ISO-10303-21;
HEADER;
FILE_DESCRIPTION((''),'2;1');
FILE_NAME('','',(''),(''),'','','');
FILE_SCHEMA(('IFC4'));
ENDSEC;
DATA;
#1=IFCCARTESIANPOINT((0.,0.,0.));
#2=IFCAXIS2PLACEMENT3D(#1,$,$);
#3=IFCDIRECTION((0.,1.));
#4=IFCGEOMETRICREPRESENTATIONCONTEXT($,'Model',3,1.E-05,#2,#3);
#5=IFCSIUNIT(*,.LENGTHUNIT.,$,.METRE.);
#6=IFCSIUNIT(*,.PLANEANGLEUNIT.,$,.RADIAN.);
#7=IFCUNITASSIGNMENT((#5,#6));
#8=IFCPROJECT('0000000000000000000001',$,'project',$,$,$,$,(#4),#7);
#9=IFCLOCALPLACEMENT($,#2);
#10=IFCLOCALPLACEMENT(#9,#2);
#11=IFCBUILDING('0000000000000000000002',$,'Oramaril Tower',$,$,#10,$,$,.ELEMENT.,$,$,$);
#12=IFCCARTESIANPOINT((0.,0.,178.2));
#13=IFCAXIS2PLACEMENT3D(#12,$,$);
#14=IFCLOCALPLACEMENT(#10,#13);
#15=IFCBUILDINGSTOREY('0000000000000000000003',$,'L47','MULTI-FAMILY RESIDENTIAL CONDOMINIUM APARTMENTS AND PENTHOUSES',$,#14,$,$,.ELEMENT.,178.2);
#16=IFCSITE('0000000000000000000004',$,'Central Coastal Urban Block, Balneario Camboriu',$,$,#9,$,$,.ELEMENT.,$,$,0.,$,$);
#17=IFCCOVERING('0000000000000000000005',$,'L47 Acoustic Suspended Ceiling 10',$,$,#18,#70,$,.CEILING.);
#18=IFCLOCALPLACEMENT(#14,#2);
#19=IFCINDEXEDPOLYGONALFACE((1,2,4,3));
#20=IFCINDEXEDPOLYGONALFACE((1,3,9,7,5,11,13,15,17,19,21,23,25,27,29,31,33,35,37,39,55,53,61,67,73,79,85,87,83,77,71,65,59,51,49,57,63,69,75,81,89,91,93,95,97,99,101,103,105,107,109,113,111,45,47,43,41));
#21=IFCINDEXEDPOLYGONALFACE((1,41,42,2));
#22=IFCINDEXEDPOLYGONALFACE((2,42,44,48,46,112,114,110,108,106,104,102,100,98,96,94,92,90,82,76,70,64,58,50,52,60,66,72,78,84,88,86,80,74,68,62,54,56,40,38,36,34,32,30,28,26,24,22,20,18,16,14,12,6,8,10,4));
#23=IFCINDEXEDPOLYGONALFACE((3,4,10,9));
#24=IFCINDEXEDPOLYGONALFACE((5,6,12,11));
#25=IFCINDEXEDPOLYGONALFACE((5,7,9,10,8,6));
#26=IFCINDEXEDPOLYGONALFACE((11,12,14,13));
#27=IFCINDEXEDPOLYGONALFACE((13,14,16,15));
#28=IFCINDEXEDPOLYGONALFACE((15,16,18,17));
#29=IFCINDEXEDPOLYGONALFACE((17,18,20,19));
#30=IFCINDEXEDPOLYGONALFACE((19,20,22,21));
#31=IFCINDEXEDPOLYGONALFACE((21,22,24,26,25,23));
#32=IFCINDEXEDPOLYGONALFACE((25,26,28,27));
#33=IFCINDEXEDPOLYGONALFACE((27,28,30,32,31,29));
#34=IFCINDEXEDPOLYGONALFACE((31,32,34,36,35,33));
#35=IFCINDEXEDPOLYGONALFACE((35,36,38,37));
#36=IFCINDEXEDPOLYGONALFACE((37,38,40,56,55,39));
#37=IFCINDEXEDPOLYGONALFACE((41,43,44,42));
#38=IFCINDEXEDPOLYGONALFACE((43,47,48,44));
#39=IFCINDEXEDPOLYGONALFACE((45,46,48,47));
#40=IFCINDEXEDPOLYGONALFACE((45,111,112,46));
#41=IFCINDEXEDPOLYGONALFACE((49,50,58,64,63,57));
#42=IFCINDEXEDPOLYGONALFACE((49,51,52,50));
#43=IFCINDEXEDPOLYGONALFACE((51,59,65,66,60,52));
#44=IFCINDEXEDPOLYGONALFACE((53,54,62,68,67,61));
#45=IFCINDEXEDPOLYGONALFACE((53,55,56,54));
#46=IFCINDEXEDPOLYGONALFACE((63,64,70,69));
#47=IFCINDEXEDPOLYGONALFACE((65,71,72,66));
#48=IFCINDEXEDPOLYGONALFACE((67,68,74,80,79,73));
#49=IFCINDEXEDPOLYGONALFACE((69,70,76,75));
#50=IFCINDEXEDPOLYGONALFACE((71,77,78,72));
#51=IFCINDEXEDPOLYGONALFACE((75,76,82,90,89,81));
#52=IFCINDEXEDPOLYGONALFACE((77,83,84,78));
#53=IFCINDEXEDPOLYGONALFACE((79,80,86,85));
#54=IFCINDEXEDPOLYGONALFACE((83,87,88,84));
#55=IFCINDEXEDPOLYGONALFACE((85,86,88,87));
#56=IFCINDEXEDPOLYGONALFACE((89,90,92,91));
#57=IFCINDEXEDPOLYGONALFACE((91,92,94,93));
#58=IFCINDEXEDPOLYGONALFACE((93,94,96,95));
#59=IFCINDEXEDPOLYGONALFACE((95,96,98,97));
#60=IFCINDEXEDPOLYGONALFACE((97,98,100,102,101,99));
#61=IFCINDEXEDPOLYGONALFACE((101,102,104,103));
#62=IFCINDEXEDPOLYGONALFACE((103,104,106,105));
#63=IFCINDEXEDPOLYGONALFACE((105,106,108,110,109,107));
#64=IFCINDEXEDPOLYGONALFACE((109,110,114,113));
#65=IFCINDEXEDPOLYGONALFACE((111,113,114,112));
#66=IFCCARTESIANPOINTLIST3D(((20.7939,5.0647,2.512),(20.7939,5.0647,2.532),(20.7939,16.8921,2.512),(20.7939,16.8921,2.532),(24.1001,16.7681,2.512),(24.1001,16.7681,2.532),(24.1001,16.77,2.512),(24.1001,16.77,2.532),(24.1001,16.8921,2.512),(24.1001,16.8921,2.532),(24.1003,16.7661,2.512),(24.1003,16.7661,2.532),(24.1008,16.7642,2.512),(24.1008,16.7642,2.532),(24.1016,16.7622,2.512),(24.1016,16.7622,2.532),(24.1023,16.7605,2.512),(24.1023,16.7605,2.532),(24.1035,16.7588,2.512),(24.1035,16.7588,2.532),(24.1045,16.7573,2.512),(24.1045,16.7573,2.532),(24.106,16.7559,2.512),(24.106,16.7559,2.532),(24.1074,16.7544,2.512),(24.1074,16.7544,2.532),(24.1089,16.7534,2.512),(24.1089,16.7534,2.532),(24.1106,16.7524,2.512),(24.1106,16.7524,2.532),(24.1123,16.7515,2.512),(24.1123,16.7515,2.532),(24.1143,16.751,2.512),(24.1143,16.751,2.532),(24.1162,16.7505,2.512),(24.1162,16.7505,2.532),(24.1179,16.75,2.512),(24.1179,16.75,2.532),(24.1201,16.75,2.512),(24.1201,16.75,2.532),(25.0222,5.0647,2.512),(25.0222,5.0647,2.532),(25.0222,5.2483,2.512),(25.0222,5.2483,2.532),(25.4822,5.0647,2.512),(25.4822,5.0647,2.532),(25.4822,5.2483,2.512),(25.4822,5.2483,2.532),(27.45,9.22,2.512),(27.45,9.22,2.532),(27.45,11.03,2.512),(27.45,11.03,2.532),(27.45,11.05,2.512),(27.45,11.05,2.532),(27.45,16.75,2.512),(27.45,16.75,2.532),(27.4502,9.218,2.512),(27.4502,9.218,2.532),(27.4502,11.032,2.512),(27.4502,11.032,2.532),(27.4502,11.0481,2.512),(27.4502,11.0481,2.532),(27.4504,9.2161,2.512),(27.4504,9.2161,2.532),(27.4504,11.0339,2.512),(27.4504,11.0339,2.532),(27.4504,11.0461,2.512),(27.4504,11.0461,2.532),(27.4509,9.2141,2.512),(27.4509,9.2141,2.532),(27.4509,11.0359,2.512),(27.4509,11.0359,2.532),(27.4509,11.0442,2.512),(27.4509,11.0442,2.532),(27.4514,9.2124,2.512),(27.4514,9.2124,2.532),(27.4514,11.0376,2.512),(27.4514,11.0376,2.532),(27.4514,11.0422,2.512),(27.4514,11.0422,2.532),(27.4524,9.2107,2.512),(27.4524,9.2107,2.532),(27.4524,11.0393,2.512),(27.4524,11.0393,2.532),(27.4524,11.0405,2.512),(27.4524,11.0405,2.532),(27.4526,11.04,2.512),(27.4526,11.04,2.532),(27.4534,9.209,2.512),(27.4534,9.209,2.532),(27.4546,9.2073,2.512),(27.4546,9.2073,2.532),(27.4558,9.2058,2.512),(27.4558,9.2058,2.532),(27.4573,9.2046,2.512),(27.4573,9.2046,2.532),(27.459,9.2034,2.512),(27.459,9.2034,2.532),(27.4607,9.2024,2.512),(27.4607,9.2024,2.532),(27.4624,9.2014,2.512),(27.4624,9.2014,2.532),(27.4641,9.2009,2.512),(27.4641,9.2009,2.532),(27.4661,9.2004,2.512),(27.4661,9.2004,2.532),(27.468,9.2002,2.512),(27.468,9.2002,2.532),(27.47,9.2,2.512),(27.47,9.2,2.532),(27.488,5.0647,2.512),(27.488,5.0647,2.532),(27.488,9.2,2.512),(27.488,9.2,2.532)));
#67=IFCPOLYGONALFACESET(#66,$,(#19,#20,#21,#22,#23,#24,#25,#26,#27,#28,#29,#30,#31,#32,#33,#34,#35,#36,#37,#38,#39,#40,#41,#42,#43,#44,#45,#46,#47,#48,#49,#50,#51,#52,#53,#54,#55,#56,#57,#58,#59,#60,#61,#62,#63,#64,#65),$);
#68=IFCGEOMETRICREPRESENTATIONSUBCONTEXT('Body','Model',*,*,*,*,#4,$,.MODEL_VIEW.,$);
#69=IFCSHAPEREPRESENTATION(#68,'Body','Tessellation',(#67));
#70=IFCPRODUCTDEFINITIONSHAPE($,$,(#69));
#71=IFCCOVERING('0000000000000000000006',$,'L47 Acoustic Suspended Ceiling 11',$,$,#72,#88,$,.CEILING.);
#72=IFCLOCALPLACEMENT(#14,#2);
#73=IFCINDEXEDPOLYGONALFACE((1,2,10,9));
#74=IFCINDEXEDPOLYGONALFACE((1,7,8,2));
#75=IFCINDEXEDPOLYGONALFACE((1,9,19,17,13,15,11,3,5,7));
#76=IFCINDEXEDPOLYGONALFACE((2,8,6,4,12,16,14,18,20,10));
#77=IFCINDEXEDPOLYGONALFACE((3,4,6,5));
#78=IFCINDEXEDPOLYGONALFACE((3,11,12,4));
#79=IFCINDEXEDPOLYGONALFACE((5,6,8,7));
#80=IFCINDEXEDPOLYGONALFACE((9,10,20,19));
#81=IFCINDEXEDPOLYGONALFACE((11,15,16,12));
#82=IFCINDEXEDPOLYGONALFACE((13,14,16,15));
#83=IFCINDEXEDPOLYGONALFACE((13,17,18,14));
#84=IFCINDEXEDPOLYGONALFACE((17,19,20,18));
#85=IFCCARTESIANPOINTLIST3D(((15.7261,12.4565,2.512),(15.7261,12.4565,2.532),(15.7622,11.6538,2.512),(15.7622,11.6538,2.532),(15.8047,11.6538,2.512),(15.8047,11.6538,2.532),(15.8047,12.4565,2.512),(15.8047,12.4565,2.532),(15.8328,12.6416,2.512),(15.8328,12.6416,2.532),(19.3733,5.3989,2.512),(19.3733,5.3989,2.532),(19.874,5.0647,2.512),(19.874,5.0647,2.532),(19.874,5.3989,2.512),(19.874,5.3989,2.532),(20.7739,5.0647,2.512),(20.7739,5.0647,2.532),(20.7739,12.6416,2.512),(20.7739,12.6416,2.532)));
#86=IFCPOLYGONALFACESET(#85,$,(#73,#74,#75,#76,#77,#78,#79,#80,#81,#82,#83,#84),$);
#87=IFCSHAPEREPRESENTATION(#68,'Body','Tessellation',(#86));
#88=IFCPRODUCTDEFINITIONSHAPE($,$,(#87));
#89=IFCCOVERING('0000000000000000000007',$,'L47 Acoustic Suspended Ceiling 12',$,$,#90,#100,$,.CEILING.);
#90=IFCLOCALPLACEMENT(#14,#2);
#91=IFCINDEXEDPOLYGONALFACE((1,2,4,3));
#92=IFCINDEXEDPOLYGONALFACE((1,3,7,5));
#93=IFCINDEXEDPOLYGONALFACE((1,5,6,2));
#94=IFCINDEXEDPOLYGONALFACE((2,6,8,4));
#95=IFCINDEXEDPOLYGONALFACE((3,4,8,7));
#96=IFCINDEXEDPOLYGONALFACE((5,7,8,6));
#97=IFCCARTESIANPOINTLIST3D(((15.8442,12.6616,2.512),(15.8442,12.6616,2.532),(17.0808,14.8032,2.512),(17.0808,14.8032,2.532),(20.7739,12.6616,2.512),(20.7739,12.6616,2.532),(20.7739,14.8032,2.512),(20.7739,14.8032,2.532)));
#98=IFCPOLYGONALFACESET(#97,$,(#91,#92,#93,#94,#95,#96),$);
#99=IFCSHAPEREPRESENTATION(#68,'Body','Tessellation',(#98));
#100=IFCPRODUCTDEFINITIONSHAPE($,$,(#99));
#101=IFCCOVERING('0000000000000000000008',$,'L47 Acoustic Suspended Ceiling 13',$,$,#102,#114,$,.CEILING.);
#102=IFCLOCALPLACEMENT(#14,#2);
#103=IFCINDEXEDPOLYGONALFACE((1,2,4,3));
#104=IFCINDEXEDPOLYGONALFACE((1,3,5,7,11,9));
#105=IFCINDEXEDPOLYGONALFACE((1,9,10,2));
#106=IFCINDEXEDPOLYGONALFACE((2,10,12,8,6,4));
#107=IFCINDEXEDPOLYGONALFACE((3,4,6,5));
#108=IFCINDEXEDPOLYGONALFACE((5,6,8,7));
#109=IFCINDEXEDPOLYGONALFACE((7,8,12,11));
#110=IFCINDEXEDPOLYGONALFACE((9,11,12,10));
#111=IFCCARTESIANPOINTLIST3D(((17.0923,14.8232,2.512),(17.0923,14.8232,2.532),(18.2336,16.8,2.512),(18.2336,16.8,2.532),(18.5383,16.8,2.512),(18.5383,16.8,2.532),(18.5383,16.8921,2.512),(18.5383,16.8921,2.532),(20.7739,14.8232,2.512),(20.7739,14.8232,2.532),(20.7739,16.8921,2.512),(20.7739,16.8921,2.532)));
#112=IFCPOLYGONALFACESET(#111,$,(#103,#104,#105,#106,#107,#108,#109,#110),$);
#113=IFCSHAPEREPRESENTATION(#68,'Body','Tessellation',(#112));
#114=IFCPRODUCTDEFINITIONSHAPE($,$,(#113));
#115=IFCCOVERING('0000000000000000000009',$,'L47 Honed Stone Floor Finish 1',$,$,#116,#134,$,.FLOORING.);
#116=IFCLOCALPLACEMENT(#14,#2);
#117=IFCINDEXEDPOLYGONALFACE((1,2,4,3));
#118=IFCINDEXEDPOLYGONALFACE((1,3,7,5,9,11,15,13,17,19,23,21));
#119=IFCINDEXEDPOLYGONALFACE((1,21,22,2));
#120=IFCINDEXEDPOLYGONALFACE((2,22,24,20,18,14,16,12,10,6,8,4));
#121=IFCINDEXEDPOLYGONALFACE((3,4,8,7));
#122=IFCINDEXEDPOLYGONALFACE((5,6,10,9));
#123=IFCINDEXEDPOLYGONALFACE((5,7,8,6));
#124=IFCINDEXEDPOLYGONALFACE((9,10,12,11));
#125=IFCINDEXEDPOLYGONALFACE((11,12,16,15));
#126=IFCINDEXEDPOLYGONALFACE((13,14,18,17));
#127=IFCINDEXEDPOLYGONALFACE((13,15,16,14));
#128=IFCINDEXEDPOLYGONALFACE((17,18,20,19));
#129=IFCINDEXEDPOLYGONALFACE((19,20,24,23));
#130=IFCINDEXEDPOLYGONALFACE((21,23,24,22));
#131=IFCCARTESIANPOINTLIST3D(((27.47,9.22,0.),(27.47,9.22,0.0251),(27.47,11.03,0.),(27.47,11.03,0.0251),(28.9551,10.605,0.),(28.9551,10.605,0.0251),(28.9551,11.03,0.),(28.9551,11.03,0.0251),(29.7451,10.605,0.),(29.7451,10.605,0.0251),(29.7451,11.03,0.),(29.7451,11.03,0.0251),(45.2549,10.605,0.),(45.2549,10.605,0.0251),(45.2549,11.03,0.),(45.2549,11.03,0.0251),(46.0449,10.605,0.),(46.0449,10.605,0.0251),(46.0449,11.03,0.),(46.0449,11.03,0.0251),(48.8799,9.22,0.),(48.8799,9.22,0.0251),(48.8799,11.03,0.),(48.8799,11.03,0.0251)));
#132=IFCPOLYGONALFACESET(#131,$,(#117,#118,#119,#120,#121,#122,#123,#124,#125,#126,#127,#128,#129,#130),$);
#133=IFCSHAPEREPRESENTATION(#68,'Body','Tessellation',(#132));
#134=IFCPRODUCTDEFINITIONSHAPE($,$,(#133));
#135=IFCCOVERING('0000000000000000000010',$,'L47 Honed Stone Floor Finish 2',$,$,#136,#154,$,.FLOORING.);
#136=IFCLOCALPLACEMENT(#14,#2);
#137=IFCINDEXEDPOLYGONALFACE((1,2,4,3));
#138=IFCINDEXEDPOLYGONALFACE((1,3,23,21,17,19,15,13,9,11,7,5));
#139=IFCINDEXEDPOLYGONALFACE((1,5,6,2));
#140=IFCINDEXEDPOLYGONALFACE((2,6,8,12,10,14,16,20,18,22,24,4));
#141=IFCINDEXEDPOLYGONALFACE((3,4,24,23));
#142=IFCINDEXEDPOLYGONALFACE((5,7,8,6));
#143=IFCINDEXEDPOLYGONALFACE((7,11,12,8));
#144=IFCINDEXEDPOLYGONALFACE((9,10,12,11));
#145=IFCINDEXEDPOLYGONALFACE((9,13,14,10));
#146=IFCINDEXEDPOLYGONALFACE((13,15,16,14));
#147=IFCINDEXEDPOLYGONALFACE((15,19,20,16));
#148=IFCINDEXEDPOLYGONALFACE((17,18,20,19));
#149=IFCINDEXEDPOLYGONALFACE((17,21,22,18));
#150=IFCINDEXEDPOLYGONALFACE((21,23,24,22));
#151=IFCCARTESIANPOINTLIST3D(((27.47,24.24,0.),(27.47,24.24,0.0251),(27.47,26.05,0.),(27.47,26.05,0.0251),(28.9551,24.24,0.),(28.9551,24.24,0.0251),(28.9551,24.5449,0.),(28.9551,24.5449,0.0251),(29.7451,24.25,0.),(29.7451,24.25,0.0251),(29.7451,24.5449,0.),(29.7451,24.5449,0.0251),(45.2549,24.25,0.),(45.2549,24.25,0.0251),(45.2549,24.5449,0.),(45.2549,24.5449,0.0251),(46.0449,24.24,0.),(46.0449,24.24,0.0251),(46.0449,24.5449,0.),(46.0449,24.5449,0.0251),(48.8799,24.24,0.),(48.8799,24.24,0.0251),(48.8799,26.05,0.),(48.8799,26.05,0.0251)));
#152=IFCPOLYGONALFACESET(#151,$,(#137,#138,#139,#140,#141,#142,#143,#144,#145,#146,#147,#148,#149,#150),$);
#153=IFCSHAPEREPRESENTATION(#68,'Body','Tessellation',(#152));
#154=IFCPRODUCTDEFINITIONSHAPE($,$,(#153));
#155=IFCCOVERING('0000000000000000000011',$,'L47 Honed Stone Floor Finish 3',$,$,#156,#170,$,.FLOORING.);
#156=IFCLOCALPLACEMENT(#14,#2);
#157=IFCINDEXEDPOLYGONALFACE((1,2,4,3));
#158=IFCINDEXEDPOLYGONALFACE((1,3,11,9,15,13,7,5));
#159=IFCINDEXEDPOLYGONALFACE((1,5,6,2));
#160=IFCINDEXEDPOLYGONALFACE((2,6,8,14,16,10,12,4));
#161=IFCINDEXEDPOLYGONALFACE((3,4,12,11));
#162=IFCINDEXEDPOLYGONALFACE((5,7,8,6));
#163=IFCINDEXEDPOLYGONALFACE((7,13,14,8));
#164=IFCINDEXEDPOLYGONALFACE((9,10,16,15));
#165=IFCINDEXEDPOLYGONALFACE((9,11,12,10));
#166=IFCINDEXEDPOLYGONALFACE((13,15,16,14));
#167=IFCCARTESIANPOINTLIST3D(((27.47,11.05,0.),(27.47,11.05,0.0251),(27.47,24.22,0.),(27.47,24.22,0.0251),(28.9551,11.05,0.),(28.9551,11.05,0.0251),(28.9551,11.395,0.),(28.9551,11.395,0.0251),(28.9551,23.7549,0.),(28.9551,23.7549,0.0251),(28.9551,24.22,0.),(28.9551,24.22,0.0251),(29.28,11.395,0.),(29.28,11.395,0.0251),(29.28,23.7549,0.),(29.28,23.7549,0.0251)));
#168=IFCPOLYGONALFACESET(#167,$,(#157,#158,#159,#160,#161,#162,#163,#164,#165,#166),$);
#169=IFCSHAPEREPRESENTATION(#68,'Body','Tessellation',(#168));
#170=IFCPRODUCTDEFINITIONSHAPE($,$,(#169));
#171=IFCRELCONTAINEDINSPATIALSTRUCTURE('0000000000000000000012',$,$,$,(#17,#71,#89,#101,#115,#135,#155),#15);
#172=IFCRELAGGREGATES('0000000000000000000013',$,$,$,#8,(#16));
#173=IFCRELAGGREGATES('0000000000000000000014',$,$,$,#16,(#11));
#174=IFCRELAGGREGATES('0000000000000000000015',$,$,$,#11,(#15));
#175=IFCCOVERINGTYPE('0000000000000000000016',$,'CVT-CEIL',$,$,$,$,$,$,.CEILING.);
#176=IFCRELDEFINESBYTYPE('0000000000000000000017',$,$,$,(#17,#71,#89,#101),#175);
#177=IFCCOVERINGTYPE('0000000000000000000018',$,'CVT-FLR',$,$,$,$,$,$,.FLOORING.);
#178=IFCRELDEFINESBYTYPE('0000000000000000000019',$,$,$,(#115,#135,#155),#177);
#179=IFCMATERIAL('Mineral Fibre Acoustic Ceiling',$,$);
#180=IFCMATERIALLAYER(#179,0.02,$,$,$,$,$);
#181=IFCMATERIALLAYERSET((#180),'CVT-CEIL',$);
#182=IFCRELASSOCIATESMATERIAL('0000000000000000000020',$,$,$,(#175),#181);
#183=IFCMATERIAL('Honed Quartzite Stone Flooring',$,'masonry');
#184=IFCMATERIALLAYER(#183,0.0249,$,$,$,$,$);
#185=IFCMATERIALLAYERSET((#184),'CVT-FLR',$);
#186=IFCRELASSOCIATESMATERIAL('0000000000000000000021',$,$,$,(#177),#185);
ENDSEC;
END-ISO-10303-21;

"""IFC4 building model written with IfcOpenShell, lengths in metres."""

from ifc_helpers import new_model, si_unit, direction, frame, origin, place, context, subcontext, project, spatial, polyline, outline, extrude, material, layer, layer_set, type_object, element, save


model = new_model("IFC4")

# Units and contexts
model_context = context("Model", 3, precision=1e-05, world=origin(), true_north=direction((0.0, 1.0)))
body_context = subcontext(model_context, "Body", "Model", "MODEL_VIEW")
ifc_project = project(units=[si_unit("LENGTHUNIT", "METRE"), si_unit("PLANEANGLEUNIT", "RADIAN")], contexts=[model_context])

# Site, building, storey
site_placement = place(None, origin())
site = spatial("IfcSite", under=ifc_project, at=site_placement, Name="Central Coastal Urban Block, Balneario Camboriu", CompositionType="ELEMENT", RefElevation=0.0)
building_placement = place(site_placement, origin())
building = spatial("IfcBuilding", under=site, at=building_placement, Name="Oramaril Tower", CompositionType="ELEMENT")
storey_placement = place(building_placement, frame((0.0, 0.0, 178.2)))
storey = spatial("IfcBuildingStorey", under=building, at=storey_placement, Name="L47", Description="MULTI-FAMILY RESIDENTIAL CONDOMINIUM APARTMENTS AND PENTHOUSES", CompositionType="ELEMENT", Elevation=178.2)

# Coverings
ifc_material_1 = material(Name="Mineral Fibre Acoustic Ceiling")
ifc_layer_1 = layer(ifc_material_1, 0.02)
ifc_layer_set_1 = layer_set([ifc_layer_1], Name="CVT-CEIL")
covering_type_1 = type_object("IfcCoveringType", Name="CVT-CEIL", PredefinedType="CEILING", material=ifc_layer_set_1)
covering_1_placement = place(storey_placement, frame((0.0, 0.0, 2.512)))
element("IfcCovering", 1, at=covering_1_placement, inside=storey, type_object=covering_type_1, Name="L47 Acoustic Suspended Ceiling 10", PredefinedType="CEILING", context=body_context, shape_type="SweptSolid", body=[
    extrude(outline(polyline([(25.4822, 5.0647), (25.4822, 5.2483), (25.0222, 5.2483), (25.0222, 5.0647), (20.7939, 5.0647), (20.7939, 16.8921), (24.1001, 16.8921), (24.1001, 16.77), (24.1001, 16.7681), (24.1003, 16.7661), (24.1008, 16.7642), (24.1016, 16.7622), (24.1023, 16.7605), (24.1035, 16.7588), (24.1045, 16.7573), (24.106, 16.7559), (24.1074, 16.7544), (24.1089, 16.7534), (24.1106, 16.7524), (24.1123, 16.7515), (24.1143, 16.751), (24.1162, 16.7505), (24.1179, 16.75), (24.1201, 16.75), (27.45, 16.75), (27.45, 11.05), (27.4502, 11.0481), (27.4504, 11.0461), (27.4509, 11.0442), (27.4514, 11.0422), (27.4524, 11.0405), (27.4526, 11.04), (27.4524, 11.0393), (27.4514, 11.0376), (27.4509, 11.0359), (27.4504, 11.0339), (27.4502, 11.032), (27.45, 11.03), (27.45, 9.22), (27.4502, 9.218), (27.4504, 9.2161), (27.4509, 9.2141), (27.4514, 9.2124), (27.4524, 9.2107), (27.4534, 9.209), (27.4546, 9.2073), (27.4558, 9.2058), (27.4573, 9.2046), (27.459, 9.2034), (27.4607, 9.2024), (27.4624, 9.2014), (27.4641, 9.2009), (27.4661, 9.2004), (27.468, 9.2002), (27.47, 9.2), (27.488, 9.2), (27.488, 5.0647), (25.4822, 5.0647)])), origin(), (0.0, 0.0, 1.0), 0.02),
])
covering_2_placement = place(storey_placement, frame((0.0, 0.0, 2.512)))
element("IfcCovering", 2, at=covering_2_placement, inside=storey, type_object=covering_type_1, Name="L47 Acoustic Suspended Ceiling 11", PredefinedType="CEILING", context=body_context, shape_type="SweptSolid", body=[
    extrude(outline(polyline([(19.874, 5.0647), (19.874, 5.3989), (19.3733, 5.3989), (15.7622, 11.6538), (15.8047, 11.6538), (15.8047, 12.4565), (15.7261, 12.4565), (15.8328, 12.6416), (20.7739, 12.6416), (20.7739, 5.0647), (19.874, 5.0647)])), origin(), (0.0, 0.0, 1.0), 0.02),
])
covering_3_placement = place(storey_placement, frame((0.0, 0.0, 2.512)))
element("IfcCovering", 3, at=covering_3_placement, inside=storey, type_object=covering_type_1, Name="L47 Acoustic Suspended Ceiling 12", PredefinedType="CEILING", context=body_context, shape_type="SweptSolid", body=[
    extrude(outline(polyline([(17.0808, 14.8032), (20.7739, 14.8032), (20.7739, 12.6616), (15.8442, 12.6616), (17.0808, 14.8032)])), origin(), (0.0, 0.0, 1.0), 0.02),
])
covering_4_placement = place(storey_placement, frame((0.0, 0.0, 2.512)))
element("IfcCovering", 4, at=covering_4_placement, inside=storey, type_object=covering_type_1, Name="L47 Acoustic Suspended Ceiling 13", PredefinedType="CEILING", context=body_context, shape_type="SweptSolid", body=[
    extrude(outline(polyline([(18.2336, 16.8), (18.5383, 16.8), (18.5383, 16.8921), (20.7739, 16.8921), (20.7739, 14.8232), (17.0923, 14.8232), (18.2336, 16.8)])), origin(), (0.0, 0.0, 1.0), 0.02),
])
ifc_material_2 = material(Name="Honed Quartzite Stone Flooring", Category="masonry")
ifc_layer_2 = layer(ifc_material_2, 0.0249)
ifc_layer_set_2 = layer_set([ifc_layer_2], Name="CVT-FLR")
covering_type_2 = type_object("IfcCoveringType", Name="CVT-FLR", PredefinedType="FLOORING", material=ifc_layer_set_2)
covering_5_placement = place(storey_placement, origin())
element("IfcCovering", 5, at=covering_5_placement, inside=storey, type_object=covering_type_2, Name="L47 Honed Stone Floor Finish 1", PredefinedType="FLOORING", context=body_context, shape_type="SweptSolid", body=[
    extrude(outline(polyline([(28.9551, 10.605), (29.7451, 10.605), (29.7451, 11.03), (45.2549, 11.03), (45.2549, 10.605), (46.0449, 10.605), (46.0449, 11.03), (48.8799, 11.03), (48.8799, 9.22), (27.47, 9.22), (27.47, 11.03), (28.9551, 11.03), (28.9551, 10.605)])), origin(), (0.0, 0.0, 1.0), 0.0251),
])
covering_6_placement = place(storey_placement, origin())
element("IfcCovering", 6, at=covering_6_placement, inside=storey, type_object=covering_type_2, Name="L47 Honed Stone Floor Finish 2", PredefinedType="FLOORING", context=body_context, shape_type="SweptSolid", body=[
    extrude(outline(polyline([(48.8799, 24.24), (46.0449, 24.24), (46.0449, 24.5449), (45.2549, 24.5449), (45.2549, 24.25), (29.7451, 24.25), (29.7451, 24.5449), (28.9551, 24.5449), (28.9551, 24.24), (27.47, 24.24), (27.47, 26.05), (48.8799, 26.05), (48.8799, 24.24)])), origin(), (0.0, 0.0, 1.0), 0.0251),
])
covering_7_placement = place(storey_placement, origin())
element("IfcCovering", 7, at=covering_7_placement, inside=storey, type_object=covering_type_2, Name="L47 Honed Stone Floor Finish 3", PredefinedType="FLOORING", context=body_context, shape_type="SweptSolid", body=[
    extrude(outline(polyline([(28.9551, 23.7549), (29.28, 23.7549), (29.28, 11.395), (28.9551, 11.395), (28.9551, 11.05), (27.47, 11.05), (27.47, 24.22), (28.9551, 24.22), (28.9551, 23.7549)])), origin(), (0.0, 0.0, 1.0), 0.0251),
])

save(model, "model.ifc")
